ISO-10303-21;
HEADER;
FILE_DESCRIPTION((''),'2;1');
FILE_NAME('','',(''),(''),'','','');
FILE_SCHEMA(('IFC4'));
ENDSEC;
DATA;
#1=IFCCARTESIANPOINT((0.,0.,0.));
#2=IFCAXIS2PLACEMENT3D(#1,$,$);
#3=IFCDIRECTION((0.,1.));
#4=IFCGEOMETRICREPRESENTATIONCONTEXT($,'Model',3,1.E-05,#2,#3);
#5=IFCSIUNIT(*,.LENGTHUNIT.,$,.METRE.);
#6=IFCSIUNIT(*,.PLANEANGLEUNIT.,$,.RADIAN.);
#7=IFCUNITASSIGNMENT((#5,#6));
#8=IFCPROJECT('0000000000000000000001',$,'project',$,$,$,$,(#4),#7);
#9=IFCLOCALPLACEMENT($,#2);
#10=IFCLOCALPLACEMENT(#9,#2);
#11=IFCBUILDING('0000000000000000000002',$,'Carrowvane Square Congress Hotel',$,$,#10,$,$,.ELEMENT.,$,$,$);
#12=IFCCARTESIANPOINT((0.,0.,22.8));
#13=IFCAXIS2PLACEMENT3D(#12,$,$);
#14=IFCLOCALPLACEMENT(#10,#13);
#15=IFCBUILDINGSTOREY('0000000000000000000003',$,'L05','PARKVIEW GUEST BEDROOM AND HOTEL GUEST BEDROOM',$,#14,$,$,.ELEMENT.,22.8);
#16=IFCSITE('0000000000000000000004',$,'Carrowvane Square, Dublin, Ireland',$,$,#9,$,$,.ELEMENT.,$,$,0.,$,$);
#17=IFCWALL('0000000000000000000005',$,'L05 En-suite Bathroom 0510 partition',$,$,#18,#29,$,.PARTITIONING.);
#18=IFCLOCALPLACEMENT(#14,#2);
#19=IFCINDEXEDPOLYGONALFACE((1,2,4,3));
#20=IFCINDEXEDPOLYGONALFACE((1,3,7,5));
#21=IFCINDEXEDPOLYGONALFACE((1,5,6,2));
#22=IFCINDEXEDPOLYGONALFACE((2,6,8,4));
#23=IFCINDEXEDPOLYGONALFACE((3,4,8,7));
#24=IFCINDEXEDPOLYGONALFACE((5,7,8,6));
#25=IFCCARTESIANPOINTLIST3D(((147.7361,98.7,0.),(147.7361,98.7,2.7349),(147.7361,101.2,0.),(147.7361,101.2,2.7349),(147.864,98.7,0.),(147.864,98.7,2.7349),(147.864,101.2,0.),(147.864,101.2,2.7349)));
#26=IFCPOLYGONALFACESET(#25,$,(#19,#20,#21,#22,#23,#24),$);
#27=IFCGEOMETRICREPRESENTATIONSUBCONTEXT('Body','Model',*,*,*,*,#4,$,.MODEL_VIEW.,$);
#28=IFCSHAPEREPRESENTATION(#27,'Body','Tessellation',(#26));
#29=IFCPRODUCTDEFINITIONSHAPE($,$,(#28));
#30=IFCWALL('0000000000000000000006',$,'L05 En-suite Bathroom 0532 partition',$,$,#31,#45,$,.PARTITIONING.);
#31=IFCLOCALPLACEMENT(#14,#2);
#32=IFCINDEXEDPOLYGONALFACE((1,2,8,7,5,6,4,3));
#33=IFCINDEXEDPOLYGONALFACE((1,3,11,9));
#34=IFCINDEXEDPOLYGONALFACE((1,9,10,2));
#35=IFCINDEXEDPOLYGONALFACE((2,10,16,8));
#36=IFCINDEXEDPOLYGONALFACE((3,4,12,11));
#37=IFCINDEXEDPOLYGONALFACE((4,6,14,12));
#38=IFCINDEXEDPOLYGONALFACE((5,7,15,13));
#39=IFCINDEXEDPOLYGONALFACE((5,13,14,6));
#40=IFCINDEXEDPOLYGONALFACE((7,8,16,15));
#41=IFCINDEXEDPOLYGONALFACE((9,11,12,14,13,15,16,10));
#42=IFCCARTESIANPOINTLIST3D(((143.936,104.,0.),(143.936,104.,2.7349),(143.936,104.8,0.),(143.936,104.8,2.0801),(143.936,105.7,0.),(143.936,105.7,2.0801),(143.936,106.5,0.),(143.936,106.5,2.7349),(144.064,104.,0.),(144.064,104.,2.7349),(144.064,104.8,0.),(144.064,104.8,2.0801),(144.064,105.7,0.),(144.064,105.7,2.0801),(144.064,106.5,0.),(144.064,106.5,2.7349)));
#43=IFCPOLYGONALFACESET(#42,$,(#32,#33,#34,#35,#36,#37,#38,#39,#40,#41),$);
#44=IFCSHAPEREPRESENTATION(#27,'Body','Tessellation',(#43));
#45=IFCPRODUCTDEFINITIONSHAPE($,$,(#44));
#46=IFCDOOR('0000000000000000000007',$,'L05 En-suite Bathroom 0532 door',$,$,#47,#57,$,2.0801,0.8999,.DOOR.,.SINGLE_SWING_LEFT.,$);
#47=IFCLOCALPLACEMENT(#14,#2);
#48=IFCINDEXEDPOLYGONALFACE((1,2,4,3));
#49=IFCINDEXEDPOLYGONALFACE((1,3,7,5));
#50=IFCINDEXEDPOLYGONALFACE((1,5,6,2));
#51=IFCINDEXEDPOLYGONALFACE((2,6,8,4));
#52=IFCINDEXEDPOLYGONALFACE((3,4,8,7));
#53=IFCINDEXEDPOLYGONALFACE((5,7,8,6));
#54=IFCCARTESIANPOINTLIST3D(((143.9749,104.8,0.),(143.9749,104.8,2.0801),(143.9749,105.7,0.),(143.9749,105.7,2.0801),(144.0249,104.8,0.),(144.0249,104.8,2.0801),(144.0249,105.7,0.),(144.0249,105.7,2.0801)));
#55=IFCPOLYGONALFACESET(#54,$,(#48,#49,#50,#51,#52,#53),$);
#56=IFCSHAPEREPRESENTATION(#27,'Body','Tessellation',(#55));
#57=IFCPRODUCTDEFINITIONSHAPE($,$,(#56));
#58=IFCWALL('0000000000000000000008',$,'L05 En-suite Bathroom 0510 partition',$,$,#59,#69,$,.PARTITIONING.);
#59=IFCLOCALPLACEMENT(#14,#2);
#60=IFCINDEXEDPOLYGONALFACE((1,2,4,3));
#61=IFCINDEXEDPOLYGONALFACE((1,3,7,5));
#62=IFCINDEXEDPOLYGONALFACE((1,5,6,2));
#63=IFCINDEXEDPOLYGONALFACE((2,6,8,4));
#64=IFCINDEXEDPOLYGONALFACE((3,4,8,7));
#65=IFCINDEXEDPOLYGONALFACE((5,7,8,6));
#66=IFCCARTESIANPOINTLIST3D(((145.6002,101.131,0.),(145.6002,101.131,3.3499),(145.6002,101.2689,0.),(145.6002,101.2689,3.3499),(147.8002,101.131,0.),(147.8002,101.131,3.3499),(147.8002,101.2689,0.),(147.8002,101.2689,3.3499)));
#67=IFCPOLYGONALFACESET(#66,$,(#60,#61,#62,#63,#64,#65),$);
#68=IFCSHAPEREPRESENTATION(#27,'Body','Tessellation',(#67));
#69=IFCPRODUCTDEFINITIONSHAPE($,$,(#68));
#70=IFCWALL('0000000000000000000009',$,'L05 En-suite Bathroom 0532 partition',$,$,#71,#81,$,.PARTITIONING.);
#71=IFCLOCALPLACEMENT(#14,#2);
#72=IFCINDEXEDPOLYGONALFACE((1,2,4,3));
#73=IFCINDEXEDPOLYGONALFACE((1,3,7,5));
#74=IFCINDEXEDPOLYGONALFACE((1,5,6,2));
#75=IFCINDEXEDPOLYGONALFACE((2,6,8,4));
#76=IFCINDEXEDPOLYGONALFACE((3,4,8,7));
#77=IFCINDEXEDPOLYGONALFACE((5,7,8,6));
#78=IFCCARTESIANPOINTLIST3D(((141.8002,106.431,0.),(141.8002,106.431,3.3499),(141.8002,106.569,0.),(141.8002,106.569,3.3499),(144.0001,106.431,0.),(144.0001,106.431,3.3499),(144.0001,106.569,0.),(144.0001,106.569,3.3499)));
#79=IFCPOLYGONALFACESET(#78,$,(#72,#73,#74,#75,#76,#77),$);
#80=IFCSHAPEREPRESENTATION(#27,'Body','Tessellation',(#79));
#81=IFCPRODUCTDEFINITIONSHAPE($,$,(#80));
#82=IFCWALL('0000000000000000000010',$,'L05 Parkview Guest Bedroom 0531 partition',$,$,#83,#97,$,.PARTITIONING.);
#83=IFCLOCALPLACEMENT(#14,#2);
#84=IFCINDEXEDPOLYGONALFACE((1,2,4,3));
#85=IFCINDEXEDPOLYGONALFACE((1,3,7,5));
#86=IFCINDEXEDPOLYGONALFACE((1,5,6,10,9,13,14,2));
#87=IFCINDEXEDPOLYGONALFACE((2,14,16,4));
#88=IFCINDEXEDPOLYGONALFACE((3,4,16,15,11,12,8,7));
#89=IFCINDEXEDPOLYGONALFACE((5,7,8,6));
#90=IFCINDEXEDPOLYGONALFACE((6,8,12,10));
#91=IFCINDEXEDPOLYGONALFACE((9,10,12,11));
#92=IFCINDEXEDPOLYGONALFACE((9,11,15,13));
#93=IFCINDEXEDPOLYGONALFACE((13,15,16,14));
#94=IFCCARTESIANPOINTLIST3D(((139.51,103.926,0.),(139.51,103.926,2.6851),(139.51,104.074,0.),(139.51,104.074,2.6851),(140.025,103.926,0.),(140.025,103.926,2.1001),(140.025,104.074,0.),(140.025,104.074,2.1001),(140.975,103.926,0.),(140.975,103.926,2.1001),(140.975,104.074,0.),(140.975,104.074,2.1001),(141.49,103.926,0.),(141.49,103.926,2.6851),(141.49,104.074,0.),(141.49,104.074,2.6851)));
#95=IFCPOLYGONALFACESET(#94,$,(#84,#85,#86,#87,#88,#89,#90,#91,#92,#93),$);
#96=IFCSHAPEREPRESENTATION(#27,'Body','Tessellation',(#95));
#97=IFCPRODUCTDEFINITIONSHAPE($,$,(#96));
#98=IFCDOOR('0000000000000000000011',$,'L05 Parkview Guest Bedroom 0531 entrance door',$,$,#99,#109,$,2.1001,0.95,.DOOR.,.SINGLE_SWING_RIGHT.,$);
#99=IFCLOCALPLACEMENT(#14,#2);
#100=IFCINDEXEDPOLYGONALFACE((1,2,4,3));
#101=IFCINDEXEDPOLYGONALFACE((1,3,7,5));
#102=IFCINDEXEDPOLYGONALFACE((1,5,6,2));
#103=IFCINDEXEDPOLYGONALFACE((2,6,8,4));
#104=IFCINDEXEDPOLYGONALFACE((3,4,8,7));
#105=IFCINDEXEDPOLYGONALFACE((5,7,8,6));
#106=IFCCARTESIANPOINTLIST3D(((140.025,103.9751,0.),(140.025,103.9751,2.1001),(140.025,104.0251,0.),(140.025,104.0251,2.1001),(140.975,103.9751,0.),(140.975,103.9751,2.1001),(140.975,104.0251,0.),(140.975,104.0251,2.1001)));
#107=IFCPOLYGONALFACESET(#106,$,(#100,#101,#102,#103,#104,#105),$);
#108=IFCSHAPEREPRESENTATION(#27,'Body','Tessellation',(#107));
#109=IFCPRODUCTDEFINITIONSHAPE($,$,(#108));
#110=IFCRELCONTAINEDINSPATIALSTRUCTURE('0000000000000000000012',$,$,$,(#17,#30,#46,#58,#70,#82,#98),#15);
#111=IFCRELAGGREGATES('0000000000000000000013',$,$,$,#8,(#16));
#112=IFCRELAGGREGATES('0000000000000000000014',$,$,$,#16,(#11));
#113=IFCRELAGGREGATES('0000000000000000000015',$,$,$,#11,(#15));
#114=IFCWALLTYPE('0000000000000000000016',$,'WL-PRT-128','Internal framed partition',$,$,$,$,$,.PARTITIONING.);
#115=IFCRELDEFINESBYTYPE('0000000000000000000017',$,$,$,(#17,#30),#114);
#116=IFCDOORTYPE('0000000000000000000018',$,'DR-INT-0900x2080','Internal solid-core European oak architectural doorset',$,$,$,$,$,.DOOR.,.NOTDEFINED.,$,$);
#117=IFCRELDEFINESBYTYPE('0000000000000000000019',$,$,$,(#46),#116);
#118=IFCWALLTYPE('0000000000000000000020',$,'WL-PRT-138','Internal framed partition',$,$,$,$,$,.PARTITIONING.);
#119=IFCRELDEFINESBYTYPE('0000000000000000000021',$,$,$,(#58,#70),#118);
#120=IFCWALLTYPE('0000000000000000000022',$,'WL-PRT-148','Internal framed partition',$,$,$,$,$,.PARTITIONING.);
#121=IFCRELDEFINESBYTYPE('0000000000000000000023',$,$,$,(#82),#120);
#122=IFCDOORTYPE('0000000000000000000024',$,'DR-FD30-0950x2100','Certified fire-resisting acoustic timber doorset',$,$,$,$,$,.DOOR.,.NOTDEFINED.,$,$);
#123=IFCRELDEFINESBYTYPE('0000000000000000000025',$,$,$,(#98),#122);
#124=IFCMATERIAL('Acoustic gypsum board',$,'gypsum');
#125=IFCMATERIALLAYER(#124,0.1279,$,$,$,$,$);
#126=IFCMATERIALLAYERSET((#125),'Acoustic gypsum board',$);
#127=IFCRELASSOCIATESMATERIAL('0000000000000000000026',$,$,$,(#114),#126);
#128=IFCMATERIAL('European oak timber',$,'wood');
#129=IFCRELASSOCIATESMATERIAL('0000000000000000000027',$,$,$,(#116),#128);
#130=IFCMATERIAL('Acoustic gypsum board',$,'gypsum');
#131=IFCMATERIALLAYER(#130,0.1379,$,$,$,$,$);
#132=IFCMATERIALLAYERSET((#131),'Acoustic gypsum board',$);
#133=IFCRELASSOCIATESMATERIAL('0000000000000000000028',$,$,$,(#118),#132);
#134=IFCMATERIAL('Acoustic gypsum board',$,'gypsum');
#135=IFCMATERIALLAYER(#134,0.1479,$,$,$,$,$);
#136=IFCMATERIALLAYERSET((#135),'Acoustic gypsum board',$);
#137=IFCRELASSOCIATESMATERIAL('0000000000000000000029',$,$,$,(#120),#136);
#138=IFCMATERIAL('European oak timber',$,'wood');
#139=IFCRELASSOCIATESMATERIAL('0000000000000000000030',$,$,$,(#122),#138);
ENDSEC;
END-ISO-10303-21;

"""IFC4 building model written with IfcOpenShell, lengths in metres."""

from ifc_helpers import new_model, si_unit, direction, frame, frame_2d, origin, place, context, subcontext, project, spatial, rectangle, extrude, material, layer, layer_set, type_object, element, fill, save


model = new_model("IFC4")

# Units and contexts
model_context = context("Model", 3, precision=1e-05, world=origin(), true_north=direction((0.0, 1.0)))
body_context = subcontext(model_context, "Body", "Model", "MODEL_VIEW")
ifc_project = project(units=[si_unit("LENGTHUNIT", "METRE"), si_unit("PLANEANGLEUNIT", "RADIAN")], contexts=[model_context])

# Site, building, storey
site_placement = place(None, origin())
site = spatial("IfcSite", under=ifc_project, at=site_placement, Name="Carrowvane Square, Dublin, Ireland", CompositionType="ELEMENT", RefElevation=0.0)
building_placement = place(site_placement, origin())
building = spatial("IfcBuilding", under=site, at=building_placement, Name="Carrowvane Square Congress Hotel", CompositionType="ELEMENT")
storey_placement = place(building_placement, frame((0.0, 0.0, 22.8)))
storey = spatial("IfcBuildingStorey", under=building, at=storey_placement, Name="L05", Description="PARKVIEW GUEST BEDROOM AND HOTEL GUEST BEDROOM", CompositionType="ELEMENT", Elevation=22.8)

# Wall
ifc_material_1 = material(Name="Acoustic gypsum board", Category="gypsum")
ifc_layer_1 = layer(ifc_material_1, 0.1279)
ifc_layer_set_1 = layer_set([ifc_layer_1], Name="Acoustic gypsum board")
wall_type_1 = type_object("IfcWallType", Name="WL-PRT-128", Description="Internal framed partition", PredefinedType="PARTITIONING", material=ifc_layer_set_1)
wall_1_placement = place(storey_placement, frame((147.8, 101.2, 0.0), z_axis=(0.0, 0.0, 1.0), x_axis=(0.0, -1.0, 0.0)))
element("IfcWall", 1, at=wall_1_placement, inside=storey, type_object=wall_type_1, Name="L05 En-suite Bathroom 0510 partition", PredefinedType="PARTITIONING", context=body_context, shape_type="SweptSolid", body=[
    extrude(rectangle(XDim=2.5, YDim=0.1279, at=frame_2d((1.25, 0.0))), origin(), (0.0, 0.0, 1.0), 2.7349),
])

# Wall, opening, door
wall_2_placement = place(storey_placement, frame((144.0, 106.5, 0.0), z_axis=(0.0, 0.0, 1.0), x_axis=(0.0, -1.0, 0.0)))
wall_2 = element("IfcWall", 2, at=wall_2_placement, inside=storey, type_object=wall_type_1, Name="L05 En-suite Bathroom 0532 partition", PredefinedType="PARTITIONING", context=body_context, shape_type="SweptSolid", body=[
    extrude(rectangle(XDim=2.5, YDim=0.1279, at=frame_2d((1.25, 0.0))), origin(), (0.0, 0.0, 1.0), 2.7349),
])
opening_1_placement = place(wall_2_placement, frame((0.8, 0.0, 0.0)))
opening_1 = element("IfcOpeningElement", 3, at=opening_1_placement, cuts=wall_2, PredefinedType="OPENING", context=body_context, shape_type="SweptSolid", body=[
    extrude(rectangle(XDim=0.8999, YDim=2.0801, at=frame_2d((0.45, 1.04))), frame((0.0, 0.074, 0.0), z_axis=(0.0, -1.0, 0.0), x_axis=(1.0, 0.0, 0.0)), (0.0, 0.0, 1.0), 0.1479),
])
ifc_material_2 = material(Name="European oak timber", Category="wood")
door_type_1 = type_object("IfcDoorType", Name="DR-INT-0900x2080", Description="Internal solid-core European oak architectural doorset", OperationType="NOTDEFINED", PredefinedType="DOOR", material=ifc_material_2)
door_1_placement = place(opening_1_placement, origin())
door_1 = element("IfcDoor", 4, at=door_1_placement, inside=storey, type_object=door_type_1, Name="L05 En-suite Bathroom 0532 door", OperationType="SINGLE_SWING_LEFT", OverallHeight=2.0801, OverallWidth=0.8999, PredefinedType="DOOR", context=body_context, shape_type="SweptSolid", body=[
    extrude(rectangle(XDim=0.8999, YDim=2.0801, at=frame_2d((0.45, 1.04))), frame((0.0, 0.0249, 0.0), z_axis=(0.0, -1.0, 0.0), x_axis=(1.0, 0.0, 0.0)), (0.0, 0.0, 1.0), 0.05),
])
fill(opening_1, door_1)

# Walls
ifc_material_3 = material(Name="Acoustic gypsum board", Category="gypsum")
ifc_layer_2 = layer(ifc_material_3, 0.1379)
ifc_layer_set_2 = layer_set([ifc_layer_2], Name="Acoustic gypsum board")
wall_type_2 = type_object("IfcWallType", Name="WL-PRT-138", Description="Internal framed partition", PredefinedType="PARTITIONING", material=ifc_layer_set_2)
for number, where, z_axis, x_axis, name in (
    (5, (145.6001, 101.2, 0.0), (0.0, 0.0, 1.0), (1.0, 0.0, 0.0), "L05 En-suite Bathroom 0510 partition"),
    (6, (141.8, 106.5, 0.0), (0.0, 0.0, 1.0), (1.0, 0.0, 0.0), "L05 En-suite Bathroom 0532 partition"),
):
    element("IfcWall", number, at=place(storey_placement, frame(where, z_axis=z_axis, x_axis=x_axis)), inside=storey, type_object=wall_type_2, Name=name, PredefinedType="PARTITIONING", context=body_context, shape_type="SweptSolid", body=[
        extrude(rectangle(XDim=2.2, YDim=0.1379, at=frame_2d((1.1001, 0.0))), origin(), (0.0, 0.0, 1.0), 3.3499),
    ])

# Wall, opening, door
ifc_material_4 = material(Name="Acoustic gypsum board", Category="gypsum")
ifc_layer_3 = layer(ifc_material_4, 0.1479)
ifc_layer_set_3 = layer_set([ifc_layer_3], Name="Acoustic gypsum board")
wall_type_3 = type_object("IfcWallType", Name="WL-PRT-148", Description="Internal framed partition", PredefinedType="PARTITIONING", material=ifc_layer_set_3)
wall_3_placement = place(storey_placement, frame((141.49, 104.0, 0.0), z_axis=(0.0, 0.0, 1.0), x_axis=(-1.0, 0.0, 0.0)))
wall_3 = element("IfcWall", 7, at=wall_3_placement, inside=storey, type_object=wall_type_3, Name="L05 Parkview Guest Bedroom 0531 partition", PredefinedType="PARTITIONING", context=body_context, shape_type="SweptSolid", body=[
    extrude(rectangle(XDim=1.98, YDim=0.1479, at=frame_2d((0.99, 0.0))), origin(), (0.0, 0.0, 1.0), 2.6851),
])
opening_2_placement = place(wall_3_placement, frame((0.5149, 0.0, 0.0)))
opening_2 = element("IfcOpeningElement", 8, at=opening_2_placement, cuts=wall_3, PredefinedType="OPENING", context=body_context, shape_type="SweptSolid", body=[
    extrude(rectangle(XDim=0.95, YDim=2.1001, at=frame_2d((0.4751, 1.05))), frame((0.0, 0.084, 0.0), z_axis=(0.0, -1.0, 0.0), x_axis=(1.0, 0.0, 0.0)), (0.0, 0.0, 1.0), 0.168),
])
ifc_material_5 = material(Name="European oak timber", Category="wood")
door_type_2 = type_object("IfcDoorType", Name="DR-FD30-0950x2100", Description="Certified fire-resisting acoustic timber doorset", OperationType="NOTDEFINED", PredefinedType="DOOR", material=ifc_material_5)
door_2_placement = place(opening_2_placement, origin())
door_2 = element("IfcDoor", 9, at=door_2_placement, inside=storey, type_object=door_type_2, Name="L05 Parkview Guest Bedroom 0531 entrance door", OperationType="SINGLE_SWING_RIGHT", OverallHeight=2.1001, OverallWidth=0.95, PredefinedType="DOOR", context=body_context, shape_type="SweptSolid", body=[
    extrude(rectangle(XDim=0.95, YDim=2.1001, at=frame_2d((0.4751, 1.05))), frame((0.0, 0.0249, 0.0), z_axis=(0.0, -1.0, 0.0), x_axis=(1.0, 0.0, 0.0)), (0.0, 0.0, 1.0), 0.05),
])
fill(opening_2, door_2)

save(model, "model.ifc")
